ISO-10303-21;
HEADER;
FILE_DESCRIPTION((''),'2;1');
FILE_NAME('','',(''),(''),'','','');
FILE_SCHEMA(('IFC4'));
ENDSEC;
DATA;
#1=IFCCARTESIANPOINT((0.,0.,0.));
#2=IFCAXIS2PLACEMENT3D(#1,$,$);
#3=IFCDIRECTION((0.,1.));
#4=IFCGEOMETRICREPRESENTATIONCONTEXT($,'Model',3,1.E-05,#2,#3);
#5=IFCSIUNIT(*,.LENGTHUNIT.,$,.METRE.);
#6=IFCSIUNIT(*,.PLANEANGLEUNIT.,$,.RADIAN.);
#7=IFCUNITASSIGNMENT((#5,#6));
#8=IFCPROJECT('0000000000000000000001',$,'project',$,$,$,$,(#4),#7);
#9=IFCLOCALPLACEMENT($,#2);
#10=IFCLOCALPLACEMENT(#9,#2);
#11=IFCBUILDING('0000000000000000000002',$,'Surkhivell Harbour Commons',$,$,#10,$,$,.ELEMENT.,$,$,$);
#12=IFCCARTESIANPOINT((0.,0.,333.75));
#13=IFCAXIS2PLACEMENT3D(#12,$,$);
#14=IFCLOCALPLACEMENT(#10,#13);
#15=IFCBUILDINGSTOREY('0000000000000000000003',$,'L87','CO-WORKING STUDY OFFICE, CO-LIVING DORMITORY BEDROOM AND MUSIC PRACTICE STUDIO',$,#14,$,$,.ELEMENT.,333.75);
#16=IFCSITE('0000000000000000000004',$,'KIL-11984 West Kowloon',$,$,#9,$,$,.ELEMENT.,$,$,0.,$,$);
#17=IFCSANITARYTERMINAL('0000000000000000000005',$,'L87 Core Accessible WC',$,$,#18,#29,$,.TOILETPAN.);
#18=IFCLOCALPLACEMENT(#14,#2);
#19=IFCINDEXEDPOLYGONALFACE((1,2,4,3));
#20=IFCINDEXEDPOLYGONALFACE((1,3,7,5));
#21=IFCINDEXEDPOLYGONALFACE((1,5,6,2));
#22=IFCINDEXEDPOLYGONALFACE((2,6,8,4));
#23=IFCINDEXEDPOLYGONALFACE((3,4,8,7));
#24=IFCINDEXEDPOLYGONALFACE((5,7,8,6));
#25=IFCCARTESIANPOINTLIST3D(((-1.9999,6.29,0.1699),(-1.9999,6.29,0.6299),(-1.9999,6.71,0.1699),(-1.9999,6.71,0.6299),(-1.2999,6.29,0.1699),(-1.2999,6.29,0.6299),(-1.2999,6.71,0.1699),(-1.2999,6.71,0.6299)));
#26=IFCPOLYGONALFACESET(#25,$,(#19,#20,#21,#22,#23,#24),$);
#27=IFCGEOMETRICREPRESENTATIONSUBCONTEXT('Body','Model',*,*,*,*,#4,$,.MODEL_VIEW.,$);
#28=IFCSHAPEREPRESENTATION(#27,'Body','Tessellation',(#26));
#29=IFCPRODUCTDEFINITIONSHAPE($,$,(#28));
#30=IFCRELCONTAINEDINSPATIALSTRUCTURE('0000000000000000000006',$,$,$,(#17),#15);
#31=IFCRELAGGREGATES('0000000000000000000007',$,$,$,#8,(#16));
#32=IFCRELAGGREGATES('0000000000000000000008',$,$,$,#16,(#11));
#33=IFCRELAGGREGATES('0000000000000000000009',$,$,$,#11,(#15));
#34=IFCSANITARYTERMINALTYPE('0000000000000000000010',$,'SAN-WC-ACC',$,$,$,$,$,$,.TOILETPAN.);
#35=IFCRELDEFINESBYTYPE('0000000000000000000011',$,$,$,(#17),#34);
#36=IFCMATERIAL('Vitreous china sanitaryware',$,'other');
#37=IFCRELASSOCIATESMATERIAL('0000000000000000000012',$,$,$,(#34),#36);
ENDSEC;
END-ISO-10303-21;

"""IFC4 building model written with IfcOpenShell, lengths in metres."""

from ifc_helpers import new_model, si_unit, direction, frame, origin, origin_2d, place, context, subcontext, project, spatial, rectangle, extrude, material, type_object, element, save


model = new_model("IFC4")

# Units and contexts
model_context = context("Model", 3, precision=1e-05, world=origin(), true_north=direction((0.0, 1.0)))
body_context = subcontext(model_context, "Body", "Model", "MODEL_VIEW")
ifc_project = project(units=[si_unit("LENGTHUNIT", "METRE"), si_unit("PLANEANGLEUNIT", "RADIAN")], contexts=[model_context])

# Site, building, storey
site_placement = place(None, origin())
site = spatial("IfcSite", under=ifc_project, at=site_placement, Name="KIL-11984 West Kowloon", CompositionType="ELEMENT", RefElevation=0.0)
building_placement = place(site_placement, origin())
building = spatial("IfcBuilding", under=site, at=building_placement, Name="Surkhivell Harbour Commons", CompositionType="ELEMENT")
storey_placement = place(building_placement, frame((0.0, 0.0, 333.75)))
storey = spatial("IfcBuildingStorey", under=building, at=storey_placement, Name="L87", Description="CO-WORKING STUDY OFFICE, CO-LIVING DORMITORY BEDROOM AND MUSIC PRACTICE STUDIO", CompositionType="ELEMENT", Elevation=333.75)

# Sanitary terminal
ifc_material_1 = material(Name="Vitreous china sanitaryware", Category="other")
sanitary_terminal_type_1 = type_object("IfcSanitaryTerminalType", Name="SAN-WC-ACC", PredefinedType="TOILETPAN", material=ifc_material_1)
sanitary_terminal_1_placement = place(storey_placement, frame((-1.6499, 6.5, 0.1699), z_axis=(0.0, 0.0, 1.0), x_axis=(1.0, 0.0, 0.0)))
element("IfcSanitaryTerminal", 1, at=sanitary_terminal_1_placement, inside=storey, type_object=sanitary_terminal_type_1, Name="L87 Core Accessible WC", PredefinedType="TOILETPAN", context=body_context, shape_type="SweptSolid", body=[
    extrude(rectangle(XDim=0.7, YDim=0.4199, at=origin_2d()), origin(), (0.0, 0.0, 1.0), 0.46),
])

save(model, "model.ifc")
